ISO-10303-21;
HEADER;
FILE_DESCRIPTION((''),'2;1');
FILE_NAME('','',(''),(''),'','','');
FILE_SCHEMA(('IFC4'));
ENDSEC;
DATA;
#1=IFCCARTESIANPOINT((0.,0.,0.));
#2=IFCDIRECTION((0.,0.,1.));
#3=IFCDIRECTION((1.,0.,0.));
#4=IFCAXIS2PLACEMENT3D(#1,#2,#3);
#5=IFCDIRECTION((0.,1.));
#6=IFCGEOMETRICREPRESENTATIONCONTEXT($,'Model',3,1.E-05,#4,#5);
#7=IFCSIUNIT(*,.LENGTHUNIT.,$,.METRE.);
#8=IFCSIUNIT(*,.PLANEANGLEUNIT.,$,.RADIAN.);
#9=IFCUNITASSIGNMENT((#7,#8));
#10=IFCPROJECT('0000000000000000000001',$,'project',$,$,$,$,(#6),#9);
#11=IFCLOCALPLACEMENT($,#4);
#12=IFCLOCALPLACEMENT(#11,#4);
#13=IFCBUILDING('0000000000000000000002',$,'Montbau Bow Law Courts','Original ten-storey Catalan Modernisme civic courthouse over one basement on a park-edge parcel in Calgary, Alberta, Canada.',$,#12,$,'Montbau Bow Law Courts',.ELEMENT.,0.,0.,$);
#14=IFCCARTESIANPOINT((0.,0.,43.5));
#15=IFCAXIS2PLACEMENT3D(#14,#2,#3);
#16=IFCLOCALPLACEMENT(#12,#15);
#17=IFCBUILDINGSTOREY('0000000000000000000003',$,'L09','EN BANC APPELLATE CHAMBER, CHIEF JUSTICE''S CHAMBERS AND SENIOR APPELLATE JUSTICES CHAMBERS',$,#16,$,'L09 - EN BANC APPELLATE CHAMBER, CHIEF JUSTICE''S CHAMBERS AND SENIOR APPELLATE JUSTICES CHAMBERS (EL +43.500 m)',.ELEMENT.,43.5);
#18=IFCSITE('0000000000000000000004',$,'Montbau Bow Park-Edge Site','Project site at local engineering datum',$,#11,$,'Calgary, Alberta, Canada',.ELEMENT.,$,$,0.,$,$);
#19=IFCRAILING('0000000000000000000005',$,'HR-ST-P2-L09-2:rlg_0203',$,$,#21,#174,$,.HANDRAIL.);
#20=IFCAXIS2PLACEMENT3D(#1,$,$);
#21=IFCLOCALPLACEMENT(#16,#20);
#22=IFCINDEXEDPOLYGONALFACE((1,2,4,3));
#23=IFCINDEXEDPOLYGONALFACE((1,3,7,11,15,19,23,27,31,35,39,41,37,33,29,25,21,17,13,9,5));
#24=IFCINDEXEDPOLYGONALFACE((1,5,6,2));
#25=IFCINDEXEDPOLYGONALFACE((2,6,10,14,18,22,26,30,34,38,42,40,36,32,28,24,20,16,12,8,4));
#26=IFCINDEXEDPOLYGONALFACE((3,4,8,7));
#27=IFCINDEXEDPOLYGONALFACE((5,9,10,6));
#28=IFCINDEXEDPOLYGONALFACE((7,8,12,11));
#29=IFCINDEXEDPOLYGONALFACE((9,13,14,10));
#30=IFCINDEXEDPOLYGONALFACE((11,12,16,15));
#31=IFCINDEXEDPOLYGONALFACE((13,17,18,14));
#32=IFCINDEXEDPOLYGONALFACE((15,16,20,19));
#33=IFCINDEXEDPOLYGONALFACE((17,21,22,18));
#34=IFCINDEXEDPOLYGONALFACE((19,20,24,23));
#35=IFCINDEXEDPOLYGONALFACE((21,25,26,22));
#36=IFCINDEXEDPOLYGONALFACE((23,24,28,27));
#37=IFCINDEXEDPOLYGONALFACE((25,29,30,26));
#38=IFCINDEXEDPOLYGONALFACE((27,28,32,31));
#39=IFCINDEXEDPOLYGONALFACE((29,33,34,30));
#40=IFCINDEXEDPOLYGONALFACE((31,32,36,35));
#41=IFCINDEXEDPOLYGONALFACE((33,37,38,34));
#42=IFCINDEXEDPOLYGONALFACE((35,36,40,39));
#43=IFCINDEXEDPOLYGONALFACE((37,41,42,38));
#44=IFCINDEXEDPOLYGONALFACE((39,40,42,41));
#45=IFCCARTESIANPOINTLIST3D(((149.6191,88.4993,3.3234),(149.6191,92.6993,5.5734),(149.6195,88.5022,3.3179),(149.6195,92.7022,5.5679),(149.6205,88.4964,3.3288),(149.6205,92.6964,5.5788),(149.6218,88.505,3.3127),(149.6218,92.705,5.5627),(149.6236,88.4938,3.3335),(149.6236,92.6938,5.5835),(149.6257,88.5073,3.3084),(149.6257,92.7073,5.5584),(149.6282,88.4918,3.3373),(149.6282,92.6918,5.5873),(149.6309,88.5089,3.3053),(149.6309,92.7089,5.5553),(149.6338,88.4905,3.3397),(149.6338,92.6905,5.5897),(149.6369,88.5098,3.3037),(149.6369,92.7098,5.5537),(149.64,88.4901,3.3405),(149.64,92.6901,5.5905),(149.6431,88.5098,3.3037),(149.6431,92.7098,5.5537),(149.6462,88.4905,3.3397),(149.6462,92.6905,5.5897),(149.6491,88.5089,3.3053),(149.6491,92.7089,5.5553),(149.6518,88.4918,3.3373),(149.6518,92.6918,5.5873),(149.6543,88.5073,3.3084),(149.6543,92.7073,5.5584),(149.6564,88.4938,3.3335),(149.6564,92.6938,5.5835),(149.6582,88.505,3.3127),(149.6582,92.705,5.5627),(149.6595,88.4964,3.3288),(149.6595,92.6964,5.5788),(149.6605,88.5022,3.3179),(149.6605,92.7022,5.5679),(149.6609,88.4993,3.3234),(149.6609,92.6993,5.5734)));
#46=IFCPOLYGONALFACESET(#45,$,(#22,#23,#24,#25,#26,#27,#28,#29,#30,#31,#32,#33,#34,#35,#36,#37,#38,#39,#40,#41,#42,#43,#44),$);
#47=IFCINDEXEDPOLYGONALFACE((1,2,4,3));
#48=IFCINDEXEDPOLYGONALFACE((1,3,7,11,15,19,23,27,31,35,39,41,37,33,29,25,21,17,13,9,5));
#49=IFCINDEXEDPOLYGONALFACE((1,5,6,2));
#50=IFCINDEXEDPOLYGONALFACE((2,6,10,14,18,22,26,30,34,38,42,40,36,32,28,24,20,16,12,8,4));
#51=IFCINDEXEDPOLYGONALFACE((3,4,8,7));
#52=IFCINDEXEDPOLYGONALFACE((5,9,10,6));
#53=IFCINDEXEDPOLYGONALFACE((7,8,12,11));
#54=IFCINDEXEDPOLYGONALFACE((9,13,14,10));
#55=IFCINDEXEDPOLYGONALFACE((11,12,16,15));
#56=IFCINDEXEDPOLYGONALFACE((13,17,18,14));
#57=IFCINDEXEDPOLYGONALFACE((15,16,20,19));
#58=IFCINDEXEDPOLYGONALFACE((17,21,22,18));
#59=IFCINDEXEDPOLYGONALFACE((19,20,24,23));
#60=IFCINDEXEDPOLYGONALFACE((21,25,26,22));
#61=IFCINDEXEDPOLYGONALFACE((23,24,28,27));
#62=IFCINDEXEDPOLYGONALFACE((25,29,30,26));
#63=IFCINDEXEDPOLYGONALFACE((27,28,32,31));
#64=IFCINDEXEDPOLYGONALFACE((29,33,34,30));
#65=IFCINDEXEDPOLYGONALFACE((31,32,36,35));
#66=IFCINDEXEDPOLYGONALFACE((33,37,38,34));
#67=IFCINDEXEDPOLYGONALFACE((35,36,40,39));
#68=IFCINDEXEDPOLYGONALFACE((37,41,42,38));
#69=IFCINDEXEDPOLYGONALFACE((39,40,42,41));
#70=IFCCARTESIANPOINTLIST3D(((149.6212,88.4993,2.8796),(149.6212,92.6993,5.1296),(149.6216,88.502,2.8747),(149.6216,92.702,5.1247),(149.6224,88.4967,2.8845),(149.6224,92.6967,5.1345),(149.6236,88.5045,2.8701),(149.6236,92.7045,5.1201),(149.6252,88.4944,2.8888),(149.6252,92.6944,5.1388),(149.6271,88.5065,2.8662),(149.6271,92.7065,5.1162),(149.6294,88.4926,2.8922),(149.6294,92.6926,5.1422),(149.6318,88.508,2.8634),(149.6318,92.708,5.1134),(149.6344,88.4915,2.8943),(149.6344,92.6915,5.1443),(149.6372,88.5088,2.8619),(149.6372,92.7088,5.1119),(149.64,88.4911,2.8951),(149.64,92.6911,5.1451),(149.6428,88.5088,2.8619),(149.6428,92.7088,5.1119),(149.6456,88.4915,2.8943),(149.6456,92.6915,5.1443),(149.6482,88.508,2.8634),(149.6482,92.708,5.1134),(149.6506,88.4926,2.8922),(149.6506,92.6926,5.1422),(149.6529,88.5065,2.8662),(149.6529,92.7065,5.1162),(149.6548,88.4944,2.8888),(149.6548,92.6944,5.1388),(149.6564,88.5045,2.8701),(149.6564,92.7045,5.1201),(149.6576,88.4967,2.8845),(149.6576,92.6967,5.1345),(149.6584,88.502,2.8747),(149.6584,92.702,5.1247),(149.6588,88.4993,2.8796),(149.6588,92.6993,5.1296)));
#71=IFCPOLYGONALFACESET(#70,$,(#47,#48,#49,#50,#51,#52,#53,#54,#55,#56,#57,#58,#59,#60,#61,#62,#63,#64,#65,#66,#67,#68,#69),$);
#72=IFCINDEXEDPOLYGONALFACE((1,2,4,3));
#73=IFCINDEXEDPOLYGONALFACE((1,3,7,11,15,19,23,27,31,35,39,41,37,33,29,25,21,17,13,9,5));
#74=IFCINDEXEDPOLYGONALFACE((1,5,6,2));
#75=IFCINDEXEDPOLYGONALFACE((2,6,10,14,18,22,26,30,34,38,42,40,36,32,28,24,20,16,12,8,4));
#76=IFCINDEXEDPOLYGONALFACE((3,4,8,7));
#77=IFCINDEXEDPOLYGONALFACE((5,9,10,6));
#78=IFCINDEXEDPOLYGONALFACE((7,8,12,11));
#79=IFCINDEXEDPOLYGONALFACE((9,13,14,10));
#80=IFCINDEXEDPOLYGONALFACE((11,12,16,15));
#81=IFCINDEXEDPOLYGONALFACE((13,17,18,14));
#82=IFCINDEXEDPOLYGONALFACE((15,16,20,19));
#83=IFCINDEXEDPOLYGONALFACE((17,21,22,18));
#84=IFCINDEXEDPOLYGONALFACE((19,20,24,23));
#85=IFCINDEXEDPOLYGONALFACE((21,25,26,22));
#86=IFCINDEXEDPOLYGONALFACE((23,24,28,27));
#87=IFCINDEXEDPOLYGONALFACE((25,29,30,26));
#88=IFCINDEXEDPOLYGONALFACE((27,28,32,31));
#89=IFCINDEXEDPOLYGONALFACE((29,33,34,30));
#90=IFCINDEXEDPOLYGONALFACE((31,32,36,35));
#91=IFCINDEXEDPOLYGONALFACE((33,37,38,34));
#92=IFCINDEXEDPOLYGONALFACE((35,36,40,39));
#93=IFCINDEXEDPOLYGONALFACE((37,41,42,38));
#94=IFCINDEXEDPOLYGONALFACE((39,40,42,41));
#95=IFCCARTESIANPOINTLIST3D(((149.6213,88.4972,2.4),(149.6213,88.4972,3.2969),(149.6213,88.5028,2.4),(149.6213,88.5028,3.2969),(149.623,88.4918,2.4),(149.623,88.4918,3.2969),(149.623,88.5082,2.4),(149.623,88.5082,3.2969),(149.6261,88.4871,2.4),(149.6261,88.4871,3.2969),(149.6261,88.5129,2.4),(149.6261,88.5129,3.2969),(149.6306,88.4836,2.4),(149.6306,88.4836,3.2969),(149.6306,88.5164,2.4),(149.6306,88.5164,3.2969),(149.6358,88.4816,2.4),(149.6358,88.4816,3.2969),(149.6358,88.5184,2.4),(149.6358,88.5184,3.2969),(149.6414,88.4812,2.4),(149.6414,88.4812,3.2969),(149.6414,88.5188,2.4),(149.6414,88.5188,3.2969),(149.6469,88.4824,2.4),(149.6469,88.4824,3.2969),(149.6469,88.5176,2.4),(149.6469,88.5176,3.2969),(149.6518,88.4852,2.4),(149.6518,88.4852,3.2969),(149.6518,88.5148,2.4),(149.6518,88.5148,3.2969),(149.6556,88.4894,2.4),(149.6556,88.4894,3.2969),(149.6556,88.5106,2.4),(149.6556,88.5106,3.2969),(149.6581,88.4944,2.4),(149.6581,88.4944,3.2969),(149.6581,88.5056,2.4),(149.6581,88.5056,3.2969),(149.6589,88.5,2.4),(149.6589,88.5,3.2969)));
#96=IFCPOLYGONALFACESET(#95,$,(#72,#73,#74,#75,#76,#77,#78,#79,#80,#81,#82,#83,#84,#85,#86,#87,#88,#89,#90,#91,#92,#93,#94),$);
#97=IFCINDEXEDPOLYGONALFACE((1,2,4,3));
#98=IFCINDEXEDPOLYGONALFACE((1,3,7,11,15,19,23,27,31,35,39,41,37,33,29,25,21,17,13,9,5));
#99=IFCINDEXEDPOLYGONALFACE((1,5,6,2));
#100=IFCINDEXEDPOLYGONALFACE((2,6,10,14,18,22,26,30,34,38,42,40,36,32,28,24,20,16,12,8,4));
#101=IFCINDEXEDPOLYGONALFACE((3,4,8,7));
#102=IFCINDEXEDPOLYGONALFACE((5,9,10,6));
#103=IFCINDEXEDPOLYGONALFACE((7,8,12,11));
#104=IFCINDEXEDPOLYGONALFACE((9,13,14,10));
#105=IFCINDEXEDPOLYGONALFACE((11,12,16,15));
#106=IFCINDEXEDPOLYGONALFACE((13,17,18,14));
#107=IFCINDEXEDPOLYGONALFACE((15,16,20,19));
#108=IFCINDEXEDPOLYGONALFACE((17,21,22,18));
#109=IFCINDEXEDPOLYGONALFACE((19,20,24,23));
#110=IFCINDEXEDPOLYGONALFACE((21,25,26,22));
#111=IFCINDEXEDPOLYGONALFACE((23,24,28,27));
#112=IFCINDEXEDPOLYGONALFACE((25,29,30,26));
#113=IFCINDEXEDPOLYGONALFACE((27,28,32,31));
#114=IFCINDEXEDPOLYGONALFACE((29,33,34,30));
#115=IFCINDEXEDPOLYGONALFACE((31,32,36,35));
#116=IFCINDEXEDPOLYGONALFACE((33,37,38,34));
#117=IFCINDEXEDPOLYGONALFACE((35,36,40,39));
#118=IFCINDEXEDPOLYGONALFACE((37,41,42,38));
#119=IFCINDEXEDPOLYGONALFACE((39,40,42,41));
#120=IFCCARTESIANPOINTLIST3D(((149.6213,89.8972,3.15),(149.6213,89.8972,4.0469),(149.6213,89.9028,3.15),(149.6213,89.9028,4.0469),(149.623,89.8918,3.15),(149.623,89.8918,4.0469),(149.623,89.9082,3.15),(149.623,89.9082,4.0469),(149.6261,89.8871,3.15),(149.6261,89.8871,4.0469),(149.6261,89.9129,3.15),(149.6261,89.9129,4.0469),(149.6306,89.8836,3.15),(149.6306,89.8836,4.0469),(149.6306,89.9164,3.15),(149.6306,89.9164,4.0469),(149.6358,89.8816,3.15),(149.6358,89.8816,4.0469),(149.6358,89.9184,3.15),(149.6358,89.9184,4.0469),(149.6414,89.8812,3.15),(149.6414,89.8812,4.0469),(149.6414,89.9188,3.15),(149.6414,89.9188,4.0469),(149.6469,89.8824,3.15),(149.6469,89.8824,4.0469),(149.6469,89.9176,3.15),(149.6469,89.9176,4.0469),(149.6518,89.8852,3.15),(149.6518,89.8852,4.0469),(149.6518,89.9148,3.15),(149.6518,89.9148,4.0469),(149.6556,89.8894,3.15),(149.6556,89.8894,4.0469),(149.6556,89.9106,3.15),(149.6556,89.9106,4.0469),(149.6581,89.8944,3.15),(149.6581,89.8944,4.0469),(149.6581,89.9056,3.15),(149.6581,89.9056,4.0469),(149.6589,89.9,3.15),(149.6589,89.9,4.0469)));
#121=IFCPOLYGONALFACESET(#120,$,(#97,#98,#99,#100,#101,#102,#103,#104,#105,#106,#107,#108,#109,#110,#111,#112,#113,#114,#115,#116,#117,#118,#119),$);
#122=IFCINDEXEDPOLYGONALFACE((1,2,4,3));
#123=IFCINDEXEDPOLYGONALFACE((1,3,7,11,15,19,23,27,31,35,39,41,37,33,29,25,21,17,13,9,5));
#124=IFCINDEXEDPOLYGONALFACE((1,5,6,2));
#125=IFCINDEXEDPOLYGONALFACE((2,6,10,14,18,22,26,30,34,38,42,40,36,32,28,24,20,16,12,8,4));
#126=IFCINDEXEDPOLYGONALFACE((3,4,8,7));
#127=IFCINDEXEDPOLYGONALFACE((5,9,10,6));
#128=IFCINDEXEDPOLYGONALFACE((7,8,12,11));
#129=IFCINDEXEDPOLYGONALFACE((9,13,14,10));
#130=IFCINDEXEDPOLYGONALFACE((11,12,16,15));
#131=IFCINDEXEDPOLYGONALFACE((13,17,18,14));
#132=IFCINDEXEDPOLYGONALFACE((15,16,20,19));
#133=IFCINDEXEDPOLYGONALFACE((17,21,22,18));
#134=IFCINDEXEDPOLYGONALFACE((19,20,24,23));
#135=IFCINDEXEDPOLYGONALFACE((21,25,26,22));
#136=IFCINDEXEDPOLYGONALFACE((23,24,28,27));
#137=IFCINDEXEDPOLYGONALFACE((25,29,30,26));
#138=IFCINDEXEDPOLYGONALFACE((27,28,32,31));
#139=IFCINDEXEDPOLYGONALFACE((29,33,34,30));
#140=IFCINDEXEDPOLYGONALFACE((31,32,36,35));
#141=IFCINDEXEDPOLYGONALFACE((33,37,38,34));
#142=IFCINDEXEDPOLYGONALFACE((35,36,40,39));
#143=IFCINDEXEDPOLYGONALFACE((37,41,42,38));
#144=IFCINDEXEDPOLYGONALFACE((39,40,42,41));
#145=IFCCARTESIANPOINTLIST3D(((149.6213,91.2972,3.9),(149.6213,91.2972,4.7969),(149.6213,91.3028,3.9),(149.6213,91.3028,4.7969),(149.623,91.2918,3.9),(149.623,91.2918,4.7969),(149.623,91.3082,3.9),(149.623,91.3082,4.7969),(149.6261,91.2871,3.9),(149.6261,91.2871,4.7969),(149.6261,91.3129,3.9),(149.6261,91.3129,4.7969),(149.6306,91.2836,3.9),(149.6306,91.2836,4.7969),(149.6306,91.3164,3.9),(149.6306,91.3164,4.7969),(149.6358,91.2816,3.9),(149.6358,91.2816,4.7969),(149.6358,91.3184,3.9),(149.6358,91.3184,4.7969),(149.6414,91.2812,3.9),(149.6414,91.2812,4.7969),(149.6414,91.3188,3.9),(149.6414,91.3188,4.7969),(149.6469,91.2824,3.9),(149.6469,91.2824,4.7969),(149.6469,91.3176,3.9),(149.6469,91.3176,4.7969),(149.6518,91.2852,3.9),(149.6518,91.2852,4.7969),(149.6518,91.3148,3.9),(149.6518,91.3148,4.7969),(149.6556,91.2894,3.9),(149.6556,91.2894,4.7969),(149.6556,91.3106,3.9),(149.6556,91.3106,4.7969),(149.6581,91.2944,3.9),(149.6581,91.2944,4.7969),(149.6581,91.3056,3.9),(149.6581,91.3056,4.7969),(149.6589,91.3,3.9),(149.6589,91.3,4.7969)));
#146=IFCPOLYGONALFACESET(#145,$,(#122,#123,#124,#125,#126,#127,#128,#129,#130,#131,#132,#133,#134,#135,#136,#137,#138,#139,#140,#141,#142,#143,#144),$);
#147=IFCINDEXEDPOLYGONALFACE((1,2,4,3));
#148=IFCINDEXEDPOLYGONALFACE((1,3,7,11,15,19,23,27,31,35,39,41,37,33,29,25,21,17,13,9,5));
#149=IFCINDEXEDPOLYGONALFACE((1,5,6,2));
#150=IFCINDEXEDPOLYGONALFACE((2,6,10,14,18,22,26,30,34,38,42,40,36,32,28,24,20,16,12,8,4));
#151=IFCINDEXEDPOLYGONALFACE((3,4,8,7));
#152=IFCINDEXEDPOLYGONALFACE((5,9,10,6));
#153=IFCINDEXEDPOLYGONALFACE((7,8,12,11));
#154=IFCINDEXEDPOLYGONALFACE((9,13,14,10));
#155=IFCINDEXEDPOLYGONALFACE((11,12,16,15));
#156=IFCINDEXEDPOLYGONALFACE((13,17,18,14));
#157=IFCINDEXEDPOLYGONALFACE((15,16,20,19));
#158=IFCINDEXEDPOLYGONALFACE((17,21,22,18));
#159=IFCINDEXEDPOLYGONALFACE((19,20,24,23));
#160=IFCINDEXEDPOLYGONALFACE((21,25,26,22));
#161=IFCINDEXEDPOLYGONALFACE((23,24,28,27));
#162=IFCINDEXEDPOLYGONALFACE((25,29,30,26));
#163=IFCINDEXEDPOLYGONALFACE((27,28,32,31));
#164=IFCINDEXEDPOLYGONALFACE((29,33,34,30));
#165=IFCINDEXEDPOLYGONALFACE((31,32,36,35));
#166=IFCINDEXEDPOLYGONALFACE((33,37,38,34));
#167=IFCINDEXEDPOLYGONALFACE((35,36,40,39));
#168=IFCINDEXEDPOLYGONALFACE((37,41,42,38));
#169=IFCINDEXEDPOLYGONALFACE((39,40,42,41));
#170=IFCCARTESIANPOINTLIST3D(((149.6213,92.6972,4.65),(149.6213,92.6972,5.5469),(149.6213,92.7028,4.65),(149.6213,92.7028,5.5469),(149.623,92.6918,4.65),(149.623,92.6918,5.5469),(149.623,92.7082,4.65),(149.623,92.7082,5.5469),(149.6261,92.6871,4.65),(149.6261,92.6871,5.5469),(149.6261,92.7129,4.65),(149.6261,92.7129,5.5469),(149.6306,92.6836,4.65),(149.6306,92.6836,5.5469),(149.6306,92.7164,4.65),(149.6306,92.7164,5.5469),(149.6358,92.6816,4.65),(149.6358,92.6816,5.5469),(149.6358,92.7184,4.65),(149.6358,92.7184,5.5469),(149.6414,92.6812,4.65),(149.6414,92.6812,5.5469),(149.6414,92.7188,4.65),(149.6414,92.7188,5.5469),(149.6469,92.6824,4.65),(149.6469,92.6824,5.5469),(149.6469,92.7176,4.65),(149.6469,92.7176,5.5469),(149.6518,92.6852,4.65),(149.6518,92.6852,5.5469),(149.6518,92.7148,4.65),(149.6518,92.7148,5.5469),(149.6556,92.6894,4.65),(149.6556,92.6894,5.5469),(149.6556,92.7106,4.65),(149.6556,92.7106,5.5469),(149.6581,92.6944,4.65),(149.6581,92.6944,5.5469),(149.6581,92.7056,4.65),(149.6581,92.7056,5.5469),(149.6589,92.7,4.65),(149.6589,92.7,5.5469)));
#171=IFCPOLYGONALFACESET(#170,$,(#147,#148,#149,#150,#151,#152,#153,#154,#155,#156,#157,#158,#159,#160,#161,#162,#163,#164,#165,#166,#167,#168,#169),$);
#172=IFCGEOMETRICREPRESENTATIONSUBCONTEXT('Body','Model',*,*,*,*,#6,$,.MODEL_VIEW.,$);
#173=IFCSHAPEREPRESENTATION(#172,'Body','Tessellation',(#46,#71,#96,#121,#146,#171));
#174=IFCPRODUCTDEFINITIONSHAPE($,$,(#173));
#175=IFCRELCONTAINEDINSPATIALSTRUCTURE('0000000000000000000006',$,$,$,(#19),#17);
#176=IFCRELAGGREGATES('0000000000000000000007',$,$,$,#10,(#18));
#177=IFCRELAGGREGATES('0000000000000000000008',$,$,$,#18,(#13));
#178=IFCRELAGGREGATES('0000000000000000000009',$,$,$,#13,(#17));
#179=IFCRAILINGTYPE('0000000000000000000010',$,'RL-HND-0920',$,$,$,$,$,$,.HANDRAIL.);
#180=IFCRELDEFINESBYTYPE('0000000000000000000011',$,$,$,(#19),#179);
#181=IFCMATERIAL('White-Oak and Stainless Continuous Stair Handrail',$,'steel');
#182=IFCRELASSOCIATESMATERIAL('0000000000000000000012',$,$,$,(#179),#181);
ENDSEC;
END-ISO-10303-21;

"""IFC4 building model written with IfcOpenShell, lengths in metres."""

from ifc_helpers import new_model, si_unit, direction, frame, origin_with_axes, origin_2d_with_axis, place, context, subcontext, project, spatial, circle, extrude, material, type_object, element, save


model = new_model("IFC4")

# Units and contexts
model_context = context("Model", 3, precision=1e-05, world=origin_with_axes(), true_north=direction((0.0, 1.0)))
body_context = subcontext(model_context, "Body", "Model", "MODEL_VIEW")
ifc_project = project(units=[si_unit("LENGTHUNIT", "METRE"), si_unit("PLANEANGLEUNIT", "RADIAN")], contexts=[model_context])

# Site, building, storey
site_placement = place(None, origin_with_axes())
site = spatial("IfcSite", under=ifc_project, at=site_placement, Name="Montbau Bow Park-Edge Site", Description="Project site at local engineering datum", LongName="Calgary, Alberta, Canada", CompositionType="ELEMENT", RefElevation=0.0)
building_placement = place(site_placement, origin_with_axes())
building = spatial("IfcBuilding", under=site, at=building_placement, Name="Montbau Bow Law Courts", Description="Original ten-storey Catalan Modernisme civic courthouse over one basement on a park-edge parcel in Calgary, Alberta, Canada.", LongName="Montbau Bow Law Courts", CompositionType="ELEMENT", ElevationOfRefHeight=0.0, ElevationOfTerrain=0.0)
storey_placement = place(building_placement, frame((0.0, 0.0, 43.5), z_axis=(0.0, 0.0, 1.0), x_axis=(1.0, 0.0, 0.0)))
storey = spatial("IfcBuildingStorey", under=building, at=storey_placement, Name="L09", Description="EN BANC APPELLATE CHAMBER, CHIEF JUSTICE'S CHAMBERS AND SENIOR APPELLATE JUSTICES CHAMBERS", LongName="L09 - EN BANC APPELLATE CHAMBER, CHIEF JUSTICE'S CHAMBERS AND SENIOR APPELLATE JUSTICES CHAMBERS (EL +43.500 m)", CompositionType="ELEMENT", Elevation=43.5)

# Railing
ifc_material_1 = material(Name="White-Oak and Stainless Continuous Stair Handrail", Category="steel")
railing_type_1 = type_object("IfcRailingType", Name="RL-HND-0920", PredefinedType="HANDRAIL", material=ifc_material_1)
railing_1_placement = place(None, origin_with_axes())
element("IfcRailing", 1, at=railing_1_placement, inside=storey, type_object=railing_type_1, Name="HR-ST-P2-L09-2:rlg_0203", PredefinedType="HANDRAIL", context=body_context, shape_type="SweptSolid", body=[
    extrude(circle(Radius=0.021, at=origin_2d_with_axis()), frame((149.64, 88.5, 46.822), z_axis=(0.0, 0.88148, 0.472221), x_axis=(0.0, -0.472221, 0.88148)), (0.0, 0.0, 1.0), 4.7647),
    extrude(circle(Radius=0.0189, at=origin_2d_with_axis()), frame((149.64, 88.5, 46.3784), z_axis=(0.0, 0.88148, 0.472221), x_axis=(0.0, -0.472221, 0.88148)), (0.0, 0.0, 1.0), 4.7647),
    extrude(circle(Radius=0.0189, at=origin_2d_with_axis()), frame((149.64, 88.5, 45.9), z_axis=(0.0, 0.0, 1.0), x_axis=(1.0, 0.0, 0.0)), (0.0, 0.0, 1.0), 0.8969),
    extrude(circle(Radius=0.0189, at=origin_2d_with_axis()), frame((149.64, 89.9, 46.65), z_axis=(0.0, 0.0, 1.0), x_axis=(1.0, 0.0, 0.0)), (0.0, 0.0, 1.0), 0.8969),
    extrude(circle(Radius=0.0189, at=origin_2d_with_axis()), frame((149.64, 91.3, 47.4), z_axis=(0.0, 0.0, 1.0), x_axis=(1.0, 0.0, 0.0)), (0.0, 0.0, 1.0), 0.8969),
    extrude(circle(Radius=0.0189, at=origin_2d_with_axis()), frame((149.64, 92.7, 48.15), z_axis=(0.0, 0.0, 1.0), x_axis=(1.0, 0.0, 0.0)), (0.0, 0.0, 1.0), 0.8969),
])

save(model, "model.ifc")
